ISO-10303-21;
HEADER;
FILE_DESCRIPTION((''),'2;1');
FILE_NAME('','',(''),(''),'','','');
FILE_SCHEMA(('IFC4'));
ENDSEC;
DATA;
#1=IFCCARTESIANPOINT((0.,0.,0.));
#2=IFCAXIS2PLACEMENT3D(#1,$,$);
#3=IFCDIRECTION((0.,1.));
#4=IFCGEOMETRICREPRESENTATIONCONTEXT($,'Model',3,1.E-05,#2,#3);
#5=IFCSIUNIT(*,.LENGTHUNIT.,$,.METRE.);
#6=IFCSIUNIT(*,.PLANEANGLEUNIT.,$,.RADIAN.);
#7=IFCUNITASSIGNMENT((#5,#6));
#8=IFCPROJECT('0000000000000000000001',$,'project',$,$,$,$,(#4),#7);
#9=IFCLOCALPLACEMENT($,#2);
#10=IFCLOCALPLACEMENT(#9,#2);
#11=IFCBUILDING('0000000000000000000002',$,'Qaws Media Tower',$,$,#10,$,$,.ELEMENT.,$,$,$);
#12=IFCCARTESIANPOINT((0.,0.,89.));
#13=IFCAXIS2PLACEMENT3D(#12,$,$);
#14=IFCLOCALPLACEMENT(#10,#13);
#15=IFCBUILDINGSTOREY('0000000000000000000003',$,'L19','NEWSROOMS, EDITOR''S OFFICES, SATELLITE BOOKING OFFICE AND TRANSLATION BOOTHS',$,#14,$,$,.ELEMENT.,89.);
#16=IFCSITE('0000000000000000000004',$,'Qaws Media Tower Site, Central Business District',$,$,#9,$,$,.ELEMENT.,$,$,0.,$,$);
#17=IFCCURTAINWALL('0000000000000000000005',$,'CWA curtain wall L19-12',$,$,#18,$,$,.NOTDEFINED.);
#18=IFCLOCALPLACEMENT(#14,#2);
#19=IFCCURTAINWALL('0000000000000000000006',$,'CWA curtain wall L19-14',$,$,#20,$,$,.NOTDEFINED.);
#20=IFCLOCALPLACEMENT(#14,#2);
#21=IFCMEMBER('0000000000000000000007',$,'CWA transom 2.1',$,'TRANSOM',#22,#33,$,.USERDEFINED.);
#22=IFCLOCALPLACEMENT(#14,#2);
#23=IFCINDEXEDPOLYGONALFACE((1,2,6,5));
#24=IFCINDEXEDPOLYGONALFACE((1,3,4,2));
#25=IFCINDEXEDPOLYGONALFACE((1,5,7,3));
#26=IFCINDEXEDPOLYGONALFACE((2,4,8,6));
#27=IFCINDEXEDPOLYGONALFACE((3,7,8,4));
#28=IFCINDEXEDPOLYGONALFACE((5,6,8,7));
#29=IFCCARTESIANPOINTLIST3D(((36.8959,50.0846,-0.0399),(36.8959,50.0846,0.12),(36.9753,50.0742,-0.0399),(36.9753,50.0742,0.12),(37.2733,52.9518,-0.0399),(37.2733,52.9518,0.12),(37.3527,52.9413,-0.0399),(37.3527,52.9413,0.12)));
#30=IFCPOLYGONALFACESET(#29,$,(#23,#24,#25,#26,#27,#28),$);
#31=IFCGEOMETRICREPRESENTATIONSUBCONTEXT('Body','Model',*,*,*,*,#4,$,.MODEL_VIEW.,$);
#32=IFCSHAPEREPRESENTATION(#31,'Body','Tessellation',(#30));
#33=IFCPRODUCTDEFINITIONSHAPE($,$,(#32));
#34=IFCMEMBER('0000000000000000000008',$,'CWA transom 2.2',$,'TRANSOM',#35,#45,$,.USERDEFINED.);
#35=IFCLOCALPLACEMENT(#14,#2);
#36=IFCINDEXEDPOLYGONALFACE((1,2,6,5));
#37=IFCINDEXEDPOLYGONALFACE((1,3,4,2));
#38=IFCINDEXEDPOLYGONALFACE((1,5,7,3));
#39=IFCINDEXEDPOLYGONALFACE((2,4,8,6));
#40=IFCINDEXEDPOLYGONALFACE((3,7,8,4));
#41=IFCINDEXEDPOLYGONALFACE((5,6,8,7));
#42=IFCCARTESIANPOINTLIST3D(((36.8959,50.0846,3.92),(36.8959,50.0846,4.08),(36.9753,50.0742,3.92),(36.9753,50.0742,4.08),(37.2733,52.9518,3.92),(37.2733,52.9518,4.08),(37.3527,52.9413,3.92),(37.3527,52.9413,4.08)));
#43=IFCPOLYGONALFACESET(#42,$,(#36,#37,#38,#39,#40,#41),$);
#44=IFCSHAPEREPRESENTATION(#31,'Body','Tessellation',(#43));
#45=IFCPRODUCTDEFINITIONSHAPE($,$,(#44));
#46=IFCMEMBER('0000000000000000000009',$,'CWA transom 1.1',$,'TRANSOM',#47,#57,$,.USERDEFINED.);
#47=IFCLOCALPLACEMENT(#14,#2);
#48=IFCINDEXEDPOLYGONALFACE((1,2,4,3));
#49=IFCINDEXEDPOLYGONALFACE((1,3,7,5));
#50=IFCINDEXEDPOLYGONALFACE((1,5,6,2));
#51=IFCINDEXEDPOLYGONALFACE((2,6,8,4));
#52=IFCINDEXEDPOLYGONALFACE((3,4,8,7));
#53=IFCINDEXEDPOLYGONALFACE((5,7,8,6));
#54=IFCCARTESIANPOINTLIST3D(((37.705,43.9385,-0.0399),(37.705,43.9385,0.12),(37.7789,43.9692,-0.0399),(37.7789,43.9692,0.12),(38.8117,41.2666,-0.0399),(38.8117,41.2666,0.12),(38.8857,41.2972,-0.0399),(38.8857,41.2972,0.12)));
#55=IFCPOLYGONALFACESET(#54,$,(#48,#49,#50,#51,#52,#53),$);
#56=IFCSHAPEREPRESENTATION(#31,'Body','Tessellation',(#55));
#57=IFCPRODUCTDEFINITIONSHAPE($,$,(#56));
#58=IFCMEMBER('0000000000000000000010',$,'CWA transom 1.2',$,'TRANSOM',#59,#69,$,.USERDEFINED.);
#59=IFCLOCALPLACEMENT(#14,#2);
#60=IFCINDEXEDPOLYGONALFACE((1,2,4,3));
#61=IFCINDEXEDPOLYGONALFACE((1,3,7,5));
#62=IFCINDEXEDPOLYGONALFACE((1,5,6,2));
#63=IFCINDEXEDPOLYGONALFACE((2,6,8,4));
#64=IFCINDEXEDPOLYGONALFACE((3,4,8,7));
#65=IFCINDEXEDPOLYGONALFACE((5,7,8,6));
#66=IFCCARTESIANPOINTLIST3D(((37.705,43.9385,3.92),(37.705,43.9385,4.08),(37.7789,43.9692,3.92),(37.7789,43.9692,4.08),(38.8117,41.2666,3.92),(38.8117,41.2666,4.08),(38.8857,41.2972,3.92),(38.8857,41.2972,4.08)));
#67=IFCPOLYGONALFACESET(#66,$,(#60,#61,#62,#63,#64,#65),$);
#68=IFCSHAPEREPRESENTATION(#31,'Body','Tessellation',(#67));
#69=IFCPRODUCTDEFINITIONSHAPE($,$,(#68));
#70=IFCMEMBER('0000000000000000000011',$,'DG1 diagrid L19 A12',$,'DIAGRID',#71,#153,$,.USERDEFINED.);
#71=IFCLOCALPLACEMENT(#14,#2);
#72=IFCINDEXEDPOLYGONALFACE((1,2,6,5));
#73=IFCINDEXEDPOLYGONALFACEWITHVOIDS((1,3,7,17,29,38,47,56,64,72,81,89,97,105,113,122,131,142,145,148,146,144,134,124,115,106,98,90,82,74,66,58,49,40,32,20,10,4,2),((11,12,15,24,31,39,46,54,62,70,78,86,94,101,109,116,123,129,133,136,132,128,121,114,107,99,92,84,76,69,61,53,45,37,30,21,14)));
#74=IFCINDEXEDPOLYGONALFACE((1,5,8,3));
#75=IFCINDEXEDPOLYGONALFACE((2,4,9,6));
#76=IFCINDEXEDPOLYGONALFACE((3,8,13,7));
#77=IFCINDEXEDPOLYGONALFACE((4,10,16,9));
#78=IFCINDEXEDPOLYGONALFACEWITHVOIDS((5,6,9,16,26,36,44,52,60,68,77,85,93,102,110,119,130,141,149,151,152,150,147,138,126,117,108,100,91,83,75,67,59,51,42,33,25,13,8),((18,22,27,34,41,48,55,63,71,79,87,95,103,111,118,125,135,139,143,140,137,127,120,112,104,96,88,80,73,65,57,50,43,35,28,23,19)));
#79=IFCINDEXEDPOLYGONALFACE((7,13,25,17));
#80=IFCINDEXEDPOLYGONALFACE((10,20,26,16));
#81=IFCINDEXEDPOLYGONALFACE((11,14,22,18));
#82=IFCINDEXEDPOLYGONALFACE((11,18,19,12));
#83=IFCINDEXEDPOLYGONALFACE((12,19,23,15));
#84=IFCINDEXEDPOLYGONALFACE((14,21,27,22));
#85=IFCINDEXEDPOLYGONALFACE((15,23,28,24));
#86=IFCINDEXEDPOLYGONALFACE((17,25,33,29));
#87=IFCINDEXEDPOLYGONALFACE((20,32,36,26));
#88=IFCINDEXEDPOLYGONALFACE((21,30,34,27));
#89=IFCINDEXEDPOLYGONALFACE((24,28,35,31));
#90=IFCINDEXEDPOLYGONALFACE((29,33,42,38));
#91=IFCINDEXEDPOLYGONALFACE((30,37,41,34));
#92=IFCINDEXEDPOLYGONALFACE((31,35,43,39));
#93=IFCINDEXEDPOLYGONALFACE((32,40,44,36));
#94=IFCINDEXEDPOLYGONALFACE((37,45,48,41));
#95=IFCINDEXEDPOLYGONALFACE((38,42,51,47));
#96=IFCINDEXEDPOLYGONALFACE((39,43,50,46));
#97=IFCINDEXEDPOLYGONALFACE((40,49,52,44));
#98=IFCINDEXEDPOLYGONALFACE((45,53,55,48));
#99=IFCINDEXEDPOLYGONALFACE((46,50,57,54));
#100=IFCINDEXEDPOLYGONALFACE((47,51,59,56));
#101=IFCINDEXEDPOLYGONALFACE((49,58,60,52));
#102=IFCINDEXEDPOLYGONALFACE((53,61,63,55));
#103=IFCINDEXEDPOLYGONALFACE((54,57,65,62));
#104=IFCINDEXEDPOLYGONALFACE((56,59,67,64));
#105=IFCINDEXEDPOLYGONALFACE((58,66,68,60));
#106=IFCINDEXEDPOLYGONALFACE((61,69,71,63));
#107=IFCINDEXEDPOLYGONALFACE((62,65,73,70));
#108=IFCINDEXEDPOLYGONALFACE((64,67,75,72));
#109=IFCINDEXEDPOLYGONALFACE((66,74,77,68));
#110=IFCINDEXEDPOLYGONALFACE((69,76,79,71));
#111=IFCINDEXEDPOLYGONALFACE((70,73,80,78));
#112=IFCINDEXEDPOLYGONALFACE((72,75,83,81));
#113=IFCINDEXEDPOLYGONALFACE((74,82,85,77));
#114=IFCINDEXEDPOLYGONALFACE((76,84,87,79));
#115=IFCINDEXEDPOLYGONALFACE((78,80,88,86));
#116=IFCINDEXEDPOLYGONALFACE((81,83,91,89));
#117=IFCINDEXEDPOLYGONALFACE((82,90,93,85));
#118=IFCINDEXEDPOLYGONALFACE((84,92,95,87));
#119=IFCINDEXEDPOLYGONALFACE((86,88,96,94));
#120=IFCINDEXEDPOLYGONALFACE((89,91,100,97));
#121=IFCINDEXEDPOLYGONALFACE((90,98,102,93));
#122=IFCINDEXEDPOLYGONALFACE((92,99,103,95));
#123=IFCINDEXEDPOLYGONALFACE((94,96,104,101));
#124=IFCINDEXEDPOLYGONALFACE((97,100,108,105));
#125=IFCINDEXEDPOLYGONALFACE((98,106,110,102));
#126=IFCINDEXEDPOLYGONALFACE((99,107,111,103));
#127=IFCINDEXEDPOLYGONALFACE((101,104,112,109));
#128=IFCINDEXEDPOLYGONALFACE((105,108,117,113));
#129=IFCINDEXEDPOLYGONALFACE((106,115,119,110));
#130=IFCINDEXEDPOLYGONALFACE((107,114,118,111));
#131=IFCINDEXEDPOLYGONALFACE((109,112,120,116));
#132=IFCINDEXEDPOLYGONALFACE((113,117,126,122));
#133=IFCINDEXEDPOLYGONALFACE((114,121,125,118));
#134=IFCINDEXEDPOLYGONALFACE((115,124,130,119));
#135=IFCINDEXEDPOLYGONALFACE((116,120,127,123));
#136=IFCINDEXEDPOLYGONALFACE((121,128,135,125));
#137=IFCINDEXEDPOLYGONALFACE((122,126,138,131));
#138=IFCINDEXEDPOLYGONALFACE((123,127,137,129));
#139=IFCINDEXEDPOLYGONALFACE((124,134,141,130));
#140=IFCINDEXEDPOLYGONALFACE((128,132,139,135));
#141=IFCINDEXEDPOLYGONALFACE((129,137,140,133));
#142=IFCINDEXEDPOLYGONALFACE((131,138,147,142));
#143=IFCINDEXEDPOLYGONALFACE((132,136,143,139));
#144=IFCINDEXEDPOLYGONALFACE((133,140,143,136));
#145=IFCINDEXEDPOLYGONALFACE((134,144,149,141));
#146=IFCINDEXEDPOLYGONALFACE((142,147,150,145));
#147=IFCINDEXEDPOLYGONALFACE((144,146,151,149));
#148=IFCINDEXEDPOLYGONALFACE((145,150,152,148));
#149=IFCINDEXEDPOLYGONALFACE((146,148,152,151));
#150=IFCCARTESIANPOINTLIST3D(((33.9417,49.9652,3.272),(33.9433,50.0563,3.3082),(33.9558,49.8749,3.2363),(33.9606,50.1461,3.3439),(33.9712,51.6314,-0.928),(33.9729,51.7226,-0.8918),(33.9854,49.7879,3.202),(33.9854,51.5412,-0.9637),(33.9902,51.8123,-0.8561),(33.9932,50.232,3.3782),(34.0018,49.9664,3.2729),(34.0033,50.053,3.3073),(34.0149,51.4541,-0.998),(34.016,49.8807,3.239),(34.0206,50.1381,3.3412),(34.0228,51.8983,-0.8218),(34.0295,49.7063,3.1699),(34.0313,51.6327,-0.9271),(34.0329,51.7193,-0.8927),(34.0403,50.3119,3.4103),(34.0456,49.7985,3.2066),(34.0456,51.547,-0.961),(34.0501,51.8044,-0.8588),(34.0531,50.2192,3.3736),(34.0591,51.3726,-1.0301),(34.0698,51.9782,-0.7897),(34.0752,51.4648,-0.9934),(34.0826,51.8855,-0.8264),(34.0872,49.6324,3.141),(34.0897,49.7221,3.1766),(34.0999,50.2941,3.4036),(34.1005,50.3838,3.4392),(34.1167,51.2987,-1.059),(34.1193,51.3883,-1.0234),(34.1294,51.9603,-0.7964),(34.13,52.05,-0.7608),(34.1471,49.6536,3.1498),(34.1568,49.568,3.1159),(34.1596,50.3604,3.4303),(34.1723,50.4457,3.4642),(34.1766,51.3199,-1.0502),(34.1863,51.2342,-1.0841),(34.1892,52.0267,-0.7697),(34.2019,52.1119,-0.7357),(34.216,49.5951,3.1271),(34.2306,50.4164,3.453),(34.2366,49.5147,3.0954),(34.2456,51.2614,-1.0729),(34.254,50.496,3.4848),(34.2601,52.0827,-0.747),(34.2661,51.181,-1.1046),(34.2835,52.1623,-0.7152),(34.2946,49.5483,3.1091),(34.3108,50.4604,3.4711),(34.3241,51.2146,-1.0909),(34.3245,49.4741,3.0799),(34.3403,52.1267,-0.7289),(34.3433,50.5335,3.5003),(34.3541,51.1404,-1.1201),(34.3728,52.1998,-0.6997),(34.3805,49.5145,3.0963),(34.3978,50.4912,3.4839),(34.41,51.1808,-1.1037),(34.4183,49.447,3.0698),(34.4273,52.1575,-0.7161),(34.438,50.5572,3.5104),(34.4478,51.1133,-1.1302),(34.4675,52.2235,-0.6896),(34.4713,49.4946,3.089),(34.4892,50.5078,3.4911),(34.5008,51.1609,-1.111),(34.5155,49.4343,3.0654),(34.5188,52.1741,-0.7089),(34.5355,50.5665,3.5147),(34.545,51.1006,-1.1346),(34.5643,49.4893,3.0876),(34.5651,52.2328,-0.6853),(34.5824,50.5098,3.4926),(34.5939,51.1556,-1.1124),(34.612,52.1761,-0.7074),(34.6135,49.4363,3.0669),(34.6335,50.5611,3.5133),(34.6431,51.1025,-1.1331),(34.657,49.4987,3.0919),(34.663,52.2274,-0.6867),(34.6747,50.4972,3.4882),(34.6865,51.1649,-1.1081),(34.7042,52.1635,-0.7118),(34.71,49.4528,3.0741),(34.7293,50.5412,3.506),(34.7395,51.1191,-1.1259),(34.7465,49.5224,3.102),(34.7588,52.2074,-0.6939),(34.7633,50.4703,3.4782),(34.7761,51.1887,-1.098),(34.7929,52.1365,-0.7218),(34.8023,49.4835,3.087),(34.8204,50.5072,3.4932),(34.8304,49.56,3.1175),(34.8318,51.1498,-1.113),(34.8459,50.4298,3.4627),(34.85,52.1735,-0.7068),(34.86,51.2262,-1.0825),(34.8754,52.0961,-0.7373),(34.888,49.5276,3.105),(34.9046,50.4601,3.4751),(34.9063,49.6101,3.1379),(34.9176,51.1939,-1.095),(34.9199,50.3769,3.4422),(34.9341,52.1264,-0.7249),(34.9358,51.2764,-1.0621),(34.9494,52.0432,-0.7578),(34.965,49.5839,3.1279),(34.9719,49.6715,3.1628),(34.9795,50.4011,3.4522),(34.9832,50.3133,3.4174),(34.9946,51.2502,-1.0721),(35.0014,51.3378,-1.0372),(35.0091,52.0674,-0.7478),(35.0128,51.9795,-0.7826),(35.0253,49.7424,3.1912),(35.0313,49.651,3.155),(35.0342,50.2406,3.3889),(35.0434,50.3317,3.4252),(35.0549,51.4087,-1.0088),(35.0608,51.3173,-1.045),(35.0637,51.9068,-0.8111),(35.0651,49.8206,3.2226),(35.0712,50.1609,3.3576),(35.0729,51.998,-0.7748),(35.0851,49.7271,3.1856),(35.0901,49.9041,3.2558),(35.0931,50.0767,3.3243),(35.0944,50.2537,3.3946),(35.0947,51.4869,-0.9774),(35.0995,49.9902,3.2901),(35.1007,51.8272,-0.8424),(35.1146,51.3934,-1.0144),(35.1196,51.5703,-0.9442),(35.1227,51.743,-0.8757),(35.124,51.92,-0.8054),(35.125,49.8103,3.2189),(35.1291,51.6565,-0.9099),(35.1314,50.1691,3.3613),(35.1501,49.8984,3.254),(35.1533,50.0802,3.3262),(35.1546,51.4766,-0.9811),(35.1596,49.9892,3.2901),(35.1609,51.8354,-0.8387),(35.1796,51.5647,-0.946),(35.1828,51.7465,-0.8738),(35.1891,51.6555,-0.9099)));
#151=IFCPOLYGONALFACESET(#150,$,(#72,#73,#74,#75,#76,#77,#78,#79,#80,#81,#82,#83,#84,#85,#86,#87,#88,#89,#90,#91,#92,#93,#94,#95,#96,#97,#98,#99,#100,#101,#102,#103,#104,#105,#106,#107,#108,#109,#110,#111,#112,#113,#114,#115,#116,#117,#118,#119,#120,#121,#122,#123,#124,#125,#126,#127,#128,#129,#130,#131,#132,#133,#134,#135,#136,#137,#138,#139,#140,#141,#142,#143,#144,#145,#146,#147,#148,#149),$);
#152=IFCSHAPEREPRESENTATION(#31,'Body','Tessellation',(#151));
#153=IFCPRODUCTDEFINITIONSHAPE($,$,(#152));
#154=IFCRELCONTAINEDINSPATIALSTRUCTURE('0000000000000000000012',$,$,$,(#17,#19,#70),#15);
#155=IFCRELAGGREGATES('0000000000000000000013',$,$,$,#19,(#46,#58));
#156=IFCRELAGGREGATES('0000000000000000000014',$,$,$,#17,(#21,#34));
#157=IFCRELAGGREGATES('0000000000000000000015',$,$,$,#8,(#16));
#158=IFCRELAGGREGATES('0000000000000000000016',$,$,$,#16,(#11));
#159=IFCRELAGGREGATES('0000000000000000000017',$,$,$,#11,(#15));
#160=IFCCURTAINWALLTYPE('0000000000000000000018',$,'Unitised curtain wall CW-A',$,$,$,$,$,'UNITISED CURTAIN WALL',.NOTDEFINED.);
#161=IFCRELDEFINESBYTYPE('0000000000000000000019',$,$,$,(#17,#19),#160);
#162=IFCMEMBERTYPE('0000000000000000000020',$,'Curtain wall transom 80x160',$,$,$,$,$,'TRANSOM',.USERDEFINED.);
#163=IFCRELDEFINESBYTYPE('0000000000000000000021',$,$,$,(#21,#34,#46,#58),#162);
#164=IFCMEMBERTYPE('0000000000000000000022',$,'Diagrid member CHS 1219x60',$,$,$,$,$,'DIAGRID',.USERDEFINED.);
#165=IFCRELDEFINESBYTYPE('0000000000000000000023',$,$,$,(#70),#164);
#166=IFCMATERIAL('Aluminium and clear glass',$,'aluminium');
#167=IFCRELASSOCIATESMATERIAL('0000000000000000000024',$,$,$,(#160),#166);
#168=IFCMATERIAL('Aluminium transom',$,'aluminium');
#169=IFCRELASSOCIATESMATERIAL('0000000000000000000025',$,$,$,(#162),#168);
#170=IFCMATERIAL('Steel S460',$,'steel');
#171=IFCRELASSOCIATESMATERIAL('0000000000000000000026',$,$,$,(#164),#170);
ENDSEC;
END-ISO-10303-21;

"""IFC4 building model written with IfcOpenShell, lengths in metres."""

from ifc_helpers import new_model, si_unit, direction, frame, origin, origin_2d, place, context, subcontext, project, spatial, rectangle, hollow_circle, extrude, material, material_profile, profile_set, type_object, element, aggregate, save


model = new_model("IFC4")

# Units and contexts
model_context = context("Model", 3, precision=1e-05, world=origin(), true_north=direction((0.0, 1.0)))
body_context = subcontext(model_context, "Body", "Model", "MODEL_VIEW")
ifc_project = project(units=[si_unit("LENGTHUNIT", "METRE"), si_unit("PLANEANGLEUNIT", "RADIAN")], contexts=[model_context])

# Site, building, storey
site_placement = place(None, origin())
site = spatial("IfcSite", under=ifc_project, at=site_placement, Name="Qaws Media Tower Site, Central Business District", CompositionType="ELEMENT", RefElevation=0.0)
building_placement = place(site_placement, origin())
building = spatial("IfcBuilding", under=site, at=building_placement, Name="Qaws Media Tower", CompositionType="ELEMENT")
storey_placement = place(building_placement, frame((0.0, 0.0, 89.0)))
storey = spatial("IfcBuildingStorey", under=building, at=storey_placement, Name="L19", Description="NEWSROOMS, EDITOR'S OFFICES, SATELLITE BOOKING OFFICE AND TRANSLATION BOOTHS", CompositionType="ELEMENT", Elevation=89.0)

# Shared definitions
ifc_material_1 = material(Name="Aluminium and clear glass", Category="aluminium")
curtain_wall_type = type_object("IfcCurtainWallType", Name="Unitised curtain wall CW-A", ElementType="UNITISED CURTAIN WALL", PredefinedType="NOTDEFINED", material=ifc_material_1)

# Curtain wall
curtain_wall_1_placement = place(storey_placement, origin())
curtain_wall_1 = element("IfcCurtainWall", 1, at=curtain_wall_1_placement, inside=storey, type_object=curtain_wall_type, Name="CWA curtain wall L19-12", PredefinedType="NOTDEFINED")

# Curtain wall
curtain_wall_2_placement = place(storey_placement, origin())
curtain_wall_2 = element("IfcCurtainWall", 2, at=curtain_wall_2_placement, inside=storey, type_object=curtain_wall_type, Name="CWA curtain wall L19-14", PredefinedType="NOTDEFINED")

# Members
ifc_material_2 = material(Name="Aluminium transom", Category="aluminium")
ifc_material_profile_1 = material_profile(ifc_material_2, rectangle(XDim=0.0801, YDim=0.1599, at=origin_2d()), Name="80x160")
ifc_profile_set_1 = profile_set([ifc_material_profile_1], Name="Aluminium transom")
member_type_1 = type_object("IfcMemberType", Name="Curtain wall transom 80x160", ElementType="TRANSOM", PredefinedType="USERDEFINED", material=ifc_profile_set_1)
member_1_placement = place(storey_placement, frame((37.313, 52.9465, 0.04), z_axis=(-0.130516, -0.991446, 0.0), x_axis=(0.991446, -0.130516, 0.0)))
member_1 = element("IfcMember", 3, at=member_1_placement, type_object=member_type_1, Name="CWA transom 2.1", ObjectType="TRANSOM", PredefinedType="USERDEFINED", context=body_context, shape_type="SweptSolid", body=[
    extrude(rectangle(XDim=0.0801, YDim=0.1599, at=origin_2d()), origin(), (0.0, 0.0, 1.0), 2.8918),
])
member_2_placement = place(storey_placement, frame((37.313, 52.9465, 4.0), z_axis=(-0.130516, -0.991446, 0.0), x_axis=(0.991446, -0.130516, 0.0)))
member_2 = element("IfcMember", 4, at=member_2_placement, type_object=member_type_1, Name="CWA transom 2.2", ObjectType="TRANSOM", PredefinedType="USERDEFINED", context=body_context, shape_type="SweptSolid", body=[
    extrude(rectangle(XDim=0.0801, YDim=0.1599, at=origin_2d()), origin(), (0.0, 0.0, 1.0), 2.8918),
])
member_3_placement = place(storey_placement, frame((37.7419, 43.9539, 0.04), z_axis=(0.382672, -0.923884, 0.0), x_axis=(0.923884, 0.382672, 0.0)))
member_3 = element("IfcMember", 5, at=member_3_placement, type_object=member_type_1, Name="CWA transom 1.1", ObjectType="TRANSOM", PredefinedType="USERDEFINED", context=body_context, shape_type="SweptSolid", body=[
    extrude(rectangle(XDim=0.0801, YDim=0.1599, at=origin_2d()), origin(), (0.0, 0.0, 1.0), 2.8921),
])
member_4_placement = place(storey_placement, frame((37.7419, 43.9539, 4.0), z_axis=(0.382672, -0.923884, 0.0), x_axis=(0.923884, 0.382672, 0.0)))
member_4 = element("IfcMember", 6, at=member_4_placement, type_object=member_type_1, Name="CWA transom 1.2", ObjectType="TRANSOM", PredefinedType="USERDEFINED", context=body_context, shape_type="SweptSolid", body=[
    extrude(rectangle(XDim=0.0801, YDim=0.1599, at=origin_2d()), origin(), (0.0, 0.0, 1.0), 2.8921),
])
aggregate(curtain_wall_2, [member_3, member_4])

# Member
ifc_material_3 = material(Name="Steel S460", Category="steel")
ifc_material_profile_2 = material_profile(ifc_material_3, hollow_circle(Radius=0.6096, WallThickness=0.0601, at=origin_2d()), Name="CHS 1219x60")
ifc_profile_set_2 = profile_set([ifc_material_profile_2], Name="Steel S460")
member_type_2 = type_object("IfcMemberType", Name="Diagrid member CHS 1219x60", ElementType="DIAGRID", PredefinedType="USERDEFINED", material=ifc_profile_set_2)
for number, where, z_axis, x_axis, name in (
    (7, (34.5796, 51.6663, -0.9099), (-0.006538, -0.368764, 0.9295), (0.999843, -0.017726, 0.0), "DG1 diagrid L19 A12"),
):
    element("IfcMember", number, at=place(storey_placement, frame(where, z_axis=z_axis, x_axis=x_axis)), inside=storey, type_object=member_type_2, Name=name, ObjectType="DIAGRID", PredefinedType="USERDEFINED", context=body_context, shape_type="SweptSolid", body=[
        extrude(hollow_circle(Radius=0.6096, WallThickness=0.0601, at=origin_2d()), origin(), (0.0, 0.0, 1.0), 4.5186),
    ])

aggregate(curtain_wall_1, [member_1, member_2])

save(model, "model.ifc")
